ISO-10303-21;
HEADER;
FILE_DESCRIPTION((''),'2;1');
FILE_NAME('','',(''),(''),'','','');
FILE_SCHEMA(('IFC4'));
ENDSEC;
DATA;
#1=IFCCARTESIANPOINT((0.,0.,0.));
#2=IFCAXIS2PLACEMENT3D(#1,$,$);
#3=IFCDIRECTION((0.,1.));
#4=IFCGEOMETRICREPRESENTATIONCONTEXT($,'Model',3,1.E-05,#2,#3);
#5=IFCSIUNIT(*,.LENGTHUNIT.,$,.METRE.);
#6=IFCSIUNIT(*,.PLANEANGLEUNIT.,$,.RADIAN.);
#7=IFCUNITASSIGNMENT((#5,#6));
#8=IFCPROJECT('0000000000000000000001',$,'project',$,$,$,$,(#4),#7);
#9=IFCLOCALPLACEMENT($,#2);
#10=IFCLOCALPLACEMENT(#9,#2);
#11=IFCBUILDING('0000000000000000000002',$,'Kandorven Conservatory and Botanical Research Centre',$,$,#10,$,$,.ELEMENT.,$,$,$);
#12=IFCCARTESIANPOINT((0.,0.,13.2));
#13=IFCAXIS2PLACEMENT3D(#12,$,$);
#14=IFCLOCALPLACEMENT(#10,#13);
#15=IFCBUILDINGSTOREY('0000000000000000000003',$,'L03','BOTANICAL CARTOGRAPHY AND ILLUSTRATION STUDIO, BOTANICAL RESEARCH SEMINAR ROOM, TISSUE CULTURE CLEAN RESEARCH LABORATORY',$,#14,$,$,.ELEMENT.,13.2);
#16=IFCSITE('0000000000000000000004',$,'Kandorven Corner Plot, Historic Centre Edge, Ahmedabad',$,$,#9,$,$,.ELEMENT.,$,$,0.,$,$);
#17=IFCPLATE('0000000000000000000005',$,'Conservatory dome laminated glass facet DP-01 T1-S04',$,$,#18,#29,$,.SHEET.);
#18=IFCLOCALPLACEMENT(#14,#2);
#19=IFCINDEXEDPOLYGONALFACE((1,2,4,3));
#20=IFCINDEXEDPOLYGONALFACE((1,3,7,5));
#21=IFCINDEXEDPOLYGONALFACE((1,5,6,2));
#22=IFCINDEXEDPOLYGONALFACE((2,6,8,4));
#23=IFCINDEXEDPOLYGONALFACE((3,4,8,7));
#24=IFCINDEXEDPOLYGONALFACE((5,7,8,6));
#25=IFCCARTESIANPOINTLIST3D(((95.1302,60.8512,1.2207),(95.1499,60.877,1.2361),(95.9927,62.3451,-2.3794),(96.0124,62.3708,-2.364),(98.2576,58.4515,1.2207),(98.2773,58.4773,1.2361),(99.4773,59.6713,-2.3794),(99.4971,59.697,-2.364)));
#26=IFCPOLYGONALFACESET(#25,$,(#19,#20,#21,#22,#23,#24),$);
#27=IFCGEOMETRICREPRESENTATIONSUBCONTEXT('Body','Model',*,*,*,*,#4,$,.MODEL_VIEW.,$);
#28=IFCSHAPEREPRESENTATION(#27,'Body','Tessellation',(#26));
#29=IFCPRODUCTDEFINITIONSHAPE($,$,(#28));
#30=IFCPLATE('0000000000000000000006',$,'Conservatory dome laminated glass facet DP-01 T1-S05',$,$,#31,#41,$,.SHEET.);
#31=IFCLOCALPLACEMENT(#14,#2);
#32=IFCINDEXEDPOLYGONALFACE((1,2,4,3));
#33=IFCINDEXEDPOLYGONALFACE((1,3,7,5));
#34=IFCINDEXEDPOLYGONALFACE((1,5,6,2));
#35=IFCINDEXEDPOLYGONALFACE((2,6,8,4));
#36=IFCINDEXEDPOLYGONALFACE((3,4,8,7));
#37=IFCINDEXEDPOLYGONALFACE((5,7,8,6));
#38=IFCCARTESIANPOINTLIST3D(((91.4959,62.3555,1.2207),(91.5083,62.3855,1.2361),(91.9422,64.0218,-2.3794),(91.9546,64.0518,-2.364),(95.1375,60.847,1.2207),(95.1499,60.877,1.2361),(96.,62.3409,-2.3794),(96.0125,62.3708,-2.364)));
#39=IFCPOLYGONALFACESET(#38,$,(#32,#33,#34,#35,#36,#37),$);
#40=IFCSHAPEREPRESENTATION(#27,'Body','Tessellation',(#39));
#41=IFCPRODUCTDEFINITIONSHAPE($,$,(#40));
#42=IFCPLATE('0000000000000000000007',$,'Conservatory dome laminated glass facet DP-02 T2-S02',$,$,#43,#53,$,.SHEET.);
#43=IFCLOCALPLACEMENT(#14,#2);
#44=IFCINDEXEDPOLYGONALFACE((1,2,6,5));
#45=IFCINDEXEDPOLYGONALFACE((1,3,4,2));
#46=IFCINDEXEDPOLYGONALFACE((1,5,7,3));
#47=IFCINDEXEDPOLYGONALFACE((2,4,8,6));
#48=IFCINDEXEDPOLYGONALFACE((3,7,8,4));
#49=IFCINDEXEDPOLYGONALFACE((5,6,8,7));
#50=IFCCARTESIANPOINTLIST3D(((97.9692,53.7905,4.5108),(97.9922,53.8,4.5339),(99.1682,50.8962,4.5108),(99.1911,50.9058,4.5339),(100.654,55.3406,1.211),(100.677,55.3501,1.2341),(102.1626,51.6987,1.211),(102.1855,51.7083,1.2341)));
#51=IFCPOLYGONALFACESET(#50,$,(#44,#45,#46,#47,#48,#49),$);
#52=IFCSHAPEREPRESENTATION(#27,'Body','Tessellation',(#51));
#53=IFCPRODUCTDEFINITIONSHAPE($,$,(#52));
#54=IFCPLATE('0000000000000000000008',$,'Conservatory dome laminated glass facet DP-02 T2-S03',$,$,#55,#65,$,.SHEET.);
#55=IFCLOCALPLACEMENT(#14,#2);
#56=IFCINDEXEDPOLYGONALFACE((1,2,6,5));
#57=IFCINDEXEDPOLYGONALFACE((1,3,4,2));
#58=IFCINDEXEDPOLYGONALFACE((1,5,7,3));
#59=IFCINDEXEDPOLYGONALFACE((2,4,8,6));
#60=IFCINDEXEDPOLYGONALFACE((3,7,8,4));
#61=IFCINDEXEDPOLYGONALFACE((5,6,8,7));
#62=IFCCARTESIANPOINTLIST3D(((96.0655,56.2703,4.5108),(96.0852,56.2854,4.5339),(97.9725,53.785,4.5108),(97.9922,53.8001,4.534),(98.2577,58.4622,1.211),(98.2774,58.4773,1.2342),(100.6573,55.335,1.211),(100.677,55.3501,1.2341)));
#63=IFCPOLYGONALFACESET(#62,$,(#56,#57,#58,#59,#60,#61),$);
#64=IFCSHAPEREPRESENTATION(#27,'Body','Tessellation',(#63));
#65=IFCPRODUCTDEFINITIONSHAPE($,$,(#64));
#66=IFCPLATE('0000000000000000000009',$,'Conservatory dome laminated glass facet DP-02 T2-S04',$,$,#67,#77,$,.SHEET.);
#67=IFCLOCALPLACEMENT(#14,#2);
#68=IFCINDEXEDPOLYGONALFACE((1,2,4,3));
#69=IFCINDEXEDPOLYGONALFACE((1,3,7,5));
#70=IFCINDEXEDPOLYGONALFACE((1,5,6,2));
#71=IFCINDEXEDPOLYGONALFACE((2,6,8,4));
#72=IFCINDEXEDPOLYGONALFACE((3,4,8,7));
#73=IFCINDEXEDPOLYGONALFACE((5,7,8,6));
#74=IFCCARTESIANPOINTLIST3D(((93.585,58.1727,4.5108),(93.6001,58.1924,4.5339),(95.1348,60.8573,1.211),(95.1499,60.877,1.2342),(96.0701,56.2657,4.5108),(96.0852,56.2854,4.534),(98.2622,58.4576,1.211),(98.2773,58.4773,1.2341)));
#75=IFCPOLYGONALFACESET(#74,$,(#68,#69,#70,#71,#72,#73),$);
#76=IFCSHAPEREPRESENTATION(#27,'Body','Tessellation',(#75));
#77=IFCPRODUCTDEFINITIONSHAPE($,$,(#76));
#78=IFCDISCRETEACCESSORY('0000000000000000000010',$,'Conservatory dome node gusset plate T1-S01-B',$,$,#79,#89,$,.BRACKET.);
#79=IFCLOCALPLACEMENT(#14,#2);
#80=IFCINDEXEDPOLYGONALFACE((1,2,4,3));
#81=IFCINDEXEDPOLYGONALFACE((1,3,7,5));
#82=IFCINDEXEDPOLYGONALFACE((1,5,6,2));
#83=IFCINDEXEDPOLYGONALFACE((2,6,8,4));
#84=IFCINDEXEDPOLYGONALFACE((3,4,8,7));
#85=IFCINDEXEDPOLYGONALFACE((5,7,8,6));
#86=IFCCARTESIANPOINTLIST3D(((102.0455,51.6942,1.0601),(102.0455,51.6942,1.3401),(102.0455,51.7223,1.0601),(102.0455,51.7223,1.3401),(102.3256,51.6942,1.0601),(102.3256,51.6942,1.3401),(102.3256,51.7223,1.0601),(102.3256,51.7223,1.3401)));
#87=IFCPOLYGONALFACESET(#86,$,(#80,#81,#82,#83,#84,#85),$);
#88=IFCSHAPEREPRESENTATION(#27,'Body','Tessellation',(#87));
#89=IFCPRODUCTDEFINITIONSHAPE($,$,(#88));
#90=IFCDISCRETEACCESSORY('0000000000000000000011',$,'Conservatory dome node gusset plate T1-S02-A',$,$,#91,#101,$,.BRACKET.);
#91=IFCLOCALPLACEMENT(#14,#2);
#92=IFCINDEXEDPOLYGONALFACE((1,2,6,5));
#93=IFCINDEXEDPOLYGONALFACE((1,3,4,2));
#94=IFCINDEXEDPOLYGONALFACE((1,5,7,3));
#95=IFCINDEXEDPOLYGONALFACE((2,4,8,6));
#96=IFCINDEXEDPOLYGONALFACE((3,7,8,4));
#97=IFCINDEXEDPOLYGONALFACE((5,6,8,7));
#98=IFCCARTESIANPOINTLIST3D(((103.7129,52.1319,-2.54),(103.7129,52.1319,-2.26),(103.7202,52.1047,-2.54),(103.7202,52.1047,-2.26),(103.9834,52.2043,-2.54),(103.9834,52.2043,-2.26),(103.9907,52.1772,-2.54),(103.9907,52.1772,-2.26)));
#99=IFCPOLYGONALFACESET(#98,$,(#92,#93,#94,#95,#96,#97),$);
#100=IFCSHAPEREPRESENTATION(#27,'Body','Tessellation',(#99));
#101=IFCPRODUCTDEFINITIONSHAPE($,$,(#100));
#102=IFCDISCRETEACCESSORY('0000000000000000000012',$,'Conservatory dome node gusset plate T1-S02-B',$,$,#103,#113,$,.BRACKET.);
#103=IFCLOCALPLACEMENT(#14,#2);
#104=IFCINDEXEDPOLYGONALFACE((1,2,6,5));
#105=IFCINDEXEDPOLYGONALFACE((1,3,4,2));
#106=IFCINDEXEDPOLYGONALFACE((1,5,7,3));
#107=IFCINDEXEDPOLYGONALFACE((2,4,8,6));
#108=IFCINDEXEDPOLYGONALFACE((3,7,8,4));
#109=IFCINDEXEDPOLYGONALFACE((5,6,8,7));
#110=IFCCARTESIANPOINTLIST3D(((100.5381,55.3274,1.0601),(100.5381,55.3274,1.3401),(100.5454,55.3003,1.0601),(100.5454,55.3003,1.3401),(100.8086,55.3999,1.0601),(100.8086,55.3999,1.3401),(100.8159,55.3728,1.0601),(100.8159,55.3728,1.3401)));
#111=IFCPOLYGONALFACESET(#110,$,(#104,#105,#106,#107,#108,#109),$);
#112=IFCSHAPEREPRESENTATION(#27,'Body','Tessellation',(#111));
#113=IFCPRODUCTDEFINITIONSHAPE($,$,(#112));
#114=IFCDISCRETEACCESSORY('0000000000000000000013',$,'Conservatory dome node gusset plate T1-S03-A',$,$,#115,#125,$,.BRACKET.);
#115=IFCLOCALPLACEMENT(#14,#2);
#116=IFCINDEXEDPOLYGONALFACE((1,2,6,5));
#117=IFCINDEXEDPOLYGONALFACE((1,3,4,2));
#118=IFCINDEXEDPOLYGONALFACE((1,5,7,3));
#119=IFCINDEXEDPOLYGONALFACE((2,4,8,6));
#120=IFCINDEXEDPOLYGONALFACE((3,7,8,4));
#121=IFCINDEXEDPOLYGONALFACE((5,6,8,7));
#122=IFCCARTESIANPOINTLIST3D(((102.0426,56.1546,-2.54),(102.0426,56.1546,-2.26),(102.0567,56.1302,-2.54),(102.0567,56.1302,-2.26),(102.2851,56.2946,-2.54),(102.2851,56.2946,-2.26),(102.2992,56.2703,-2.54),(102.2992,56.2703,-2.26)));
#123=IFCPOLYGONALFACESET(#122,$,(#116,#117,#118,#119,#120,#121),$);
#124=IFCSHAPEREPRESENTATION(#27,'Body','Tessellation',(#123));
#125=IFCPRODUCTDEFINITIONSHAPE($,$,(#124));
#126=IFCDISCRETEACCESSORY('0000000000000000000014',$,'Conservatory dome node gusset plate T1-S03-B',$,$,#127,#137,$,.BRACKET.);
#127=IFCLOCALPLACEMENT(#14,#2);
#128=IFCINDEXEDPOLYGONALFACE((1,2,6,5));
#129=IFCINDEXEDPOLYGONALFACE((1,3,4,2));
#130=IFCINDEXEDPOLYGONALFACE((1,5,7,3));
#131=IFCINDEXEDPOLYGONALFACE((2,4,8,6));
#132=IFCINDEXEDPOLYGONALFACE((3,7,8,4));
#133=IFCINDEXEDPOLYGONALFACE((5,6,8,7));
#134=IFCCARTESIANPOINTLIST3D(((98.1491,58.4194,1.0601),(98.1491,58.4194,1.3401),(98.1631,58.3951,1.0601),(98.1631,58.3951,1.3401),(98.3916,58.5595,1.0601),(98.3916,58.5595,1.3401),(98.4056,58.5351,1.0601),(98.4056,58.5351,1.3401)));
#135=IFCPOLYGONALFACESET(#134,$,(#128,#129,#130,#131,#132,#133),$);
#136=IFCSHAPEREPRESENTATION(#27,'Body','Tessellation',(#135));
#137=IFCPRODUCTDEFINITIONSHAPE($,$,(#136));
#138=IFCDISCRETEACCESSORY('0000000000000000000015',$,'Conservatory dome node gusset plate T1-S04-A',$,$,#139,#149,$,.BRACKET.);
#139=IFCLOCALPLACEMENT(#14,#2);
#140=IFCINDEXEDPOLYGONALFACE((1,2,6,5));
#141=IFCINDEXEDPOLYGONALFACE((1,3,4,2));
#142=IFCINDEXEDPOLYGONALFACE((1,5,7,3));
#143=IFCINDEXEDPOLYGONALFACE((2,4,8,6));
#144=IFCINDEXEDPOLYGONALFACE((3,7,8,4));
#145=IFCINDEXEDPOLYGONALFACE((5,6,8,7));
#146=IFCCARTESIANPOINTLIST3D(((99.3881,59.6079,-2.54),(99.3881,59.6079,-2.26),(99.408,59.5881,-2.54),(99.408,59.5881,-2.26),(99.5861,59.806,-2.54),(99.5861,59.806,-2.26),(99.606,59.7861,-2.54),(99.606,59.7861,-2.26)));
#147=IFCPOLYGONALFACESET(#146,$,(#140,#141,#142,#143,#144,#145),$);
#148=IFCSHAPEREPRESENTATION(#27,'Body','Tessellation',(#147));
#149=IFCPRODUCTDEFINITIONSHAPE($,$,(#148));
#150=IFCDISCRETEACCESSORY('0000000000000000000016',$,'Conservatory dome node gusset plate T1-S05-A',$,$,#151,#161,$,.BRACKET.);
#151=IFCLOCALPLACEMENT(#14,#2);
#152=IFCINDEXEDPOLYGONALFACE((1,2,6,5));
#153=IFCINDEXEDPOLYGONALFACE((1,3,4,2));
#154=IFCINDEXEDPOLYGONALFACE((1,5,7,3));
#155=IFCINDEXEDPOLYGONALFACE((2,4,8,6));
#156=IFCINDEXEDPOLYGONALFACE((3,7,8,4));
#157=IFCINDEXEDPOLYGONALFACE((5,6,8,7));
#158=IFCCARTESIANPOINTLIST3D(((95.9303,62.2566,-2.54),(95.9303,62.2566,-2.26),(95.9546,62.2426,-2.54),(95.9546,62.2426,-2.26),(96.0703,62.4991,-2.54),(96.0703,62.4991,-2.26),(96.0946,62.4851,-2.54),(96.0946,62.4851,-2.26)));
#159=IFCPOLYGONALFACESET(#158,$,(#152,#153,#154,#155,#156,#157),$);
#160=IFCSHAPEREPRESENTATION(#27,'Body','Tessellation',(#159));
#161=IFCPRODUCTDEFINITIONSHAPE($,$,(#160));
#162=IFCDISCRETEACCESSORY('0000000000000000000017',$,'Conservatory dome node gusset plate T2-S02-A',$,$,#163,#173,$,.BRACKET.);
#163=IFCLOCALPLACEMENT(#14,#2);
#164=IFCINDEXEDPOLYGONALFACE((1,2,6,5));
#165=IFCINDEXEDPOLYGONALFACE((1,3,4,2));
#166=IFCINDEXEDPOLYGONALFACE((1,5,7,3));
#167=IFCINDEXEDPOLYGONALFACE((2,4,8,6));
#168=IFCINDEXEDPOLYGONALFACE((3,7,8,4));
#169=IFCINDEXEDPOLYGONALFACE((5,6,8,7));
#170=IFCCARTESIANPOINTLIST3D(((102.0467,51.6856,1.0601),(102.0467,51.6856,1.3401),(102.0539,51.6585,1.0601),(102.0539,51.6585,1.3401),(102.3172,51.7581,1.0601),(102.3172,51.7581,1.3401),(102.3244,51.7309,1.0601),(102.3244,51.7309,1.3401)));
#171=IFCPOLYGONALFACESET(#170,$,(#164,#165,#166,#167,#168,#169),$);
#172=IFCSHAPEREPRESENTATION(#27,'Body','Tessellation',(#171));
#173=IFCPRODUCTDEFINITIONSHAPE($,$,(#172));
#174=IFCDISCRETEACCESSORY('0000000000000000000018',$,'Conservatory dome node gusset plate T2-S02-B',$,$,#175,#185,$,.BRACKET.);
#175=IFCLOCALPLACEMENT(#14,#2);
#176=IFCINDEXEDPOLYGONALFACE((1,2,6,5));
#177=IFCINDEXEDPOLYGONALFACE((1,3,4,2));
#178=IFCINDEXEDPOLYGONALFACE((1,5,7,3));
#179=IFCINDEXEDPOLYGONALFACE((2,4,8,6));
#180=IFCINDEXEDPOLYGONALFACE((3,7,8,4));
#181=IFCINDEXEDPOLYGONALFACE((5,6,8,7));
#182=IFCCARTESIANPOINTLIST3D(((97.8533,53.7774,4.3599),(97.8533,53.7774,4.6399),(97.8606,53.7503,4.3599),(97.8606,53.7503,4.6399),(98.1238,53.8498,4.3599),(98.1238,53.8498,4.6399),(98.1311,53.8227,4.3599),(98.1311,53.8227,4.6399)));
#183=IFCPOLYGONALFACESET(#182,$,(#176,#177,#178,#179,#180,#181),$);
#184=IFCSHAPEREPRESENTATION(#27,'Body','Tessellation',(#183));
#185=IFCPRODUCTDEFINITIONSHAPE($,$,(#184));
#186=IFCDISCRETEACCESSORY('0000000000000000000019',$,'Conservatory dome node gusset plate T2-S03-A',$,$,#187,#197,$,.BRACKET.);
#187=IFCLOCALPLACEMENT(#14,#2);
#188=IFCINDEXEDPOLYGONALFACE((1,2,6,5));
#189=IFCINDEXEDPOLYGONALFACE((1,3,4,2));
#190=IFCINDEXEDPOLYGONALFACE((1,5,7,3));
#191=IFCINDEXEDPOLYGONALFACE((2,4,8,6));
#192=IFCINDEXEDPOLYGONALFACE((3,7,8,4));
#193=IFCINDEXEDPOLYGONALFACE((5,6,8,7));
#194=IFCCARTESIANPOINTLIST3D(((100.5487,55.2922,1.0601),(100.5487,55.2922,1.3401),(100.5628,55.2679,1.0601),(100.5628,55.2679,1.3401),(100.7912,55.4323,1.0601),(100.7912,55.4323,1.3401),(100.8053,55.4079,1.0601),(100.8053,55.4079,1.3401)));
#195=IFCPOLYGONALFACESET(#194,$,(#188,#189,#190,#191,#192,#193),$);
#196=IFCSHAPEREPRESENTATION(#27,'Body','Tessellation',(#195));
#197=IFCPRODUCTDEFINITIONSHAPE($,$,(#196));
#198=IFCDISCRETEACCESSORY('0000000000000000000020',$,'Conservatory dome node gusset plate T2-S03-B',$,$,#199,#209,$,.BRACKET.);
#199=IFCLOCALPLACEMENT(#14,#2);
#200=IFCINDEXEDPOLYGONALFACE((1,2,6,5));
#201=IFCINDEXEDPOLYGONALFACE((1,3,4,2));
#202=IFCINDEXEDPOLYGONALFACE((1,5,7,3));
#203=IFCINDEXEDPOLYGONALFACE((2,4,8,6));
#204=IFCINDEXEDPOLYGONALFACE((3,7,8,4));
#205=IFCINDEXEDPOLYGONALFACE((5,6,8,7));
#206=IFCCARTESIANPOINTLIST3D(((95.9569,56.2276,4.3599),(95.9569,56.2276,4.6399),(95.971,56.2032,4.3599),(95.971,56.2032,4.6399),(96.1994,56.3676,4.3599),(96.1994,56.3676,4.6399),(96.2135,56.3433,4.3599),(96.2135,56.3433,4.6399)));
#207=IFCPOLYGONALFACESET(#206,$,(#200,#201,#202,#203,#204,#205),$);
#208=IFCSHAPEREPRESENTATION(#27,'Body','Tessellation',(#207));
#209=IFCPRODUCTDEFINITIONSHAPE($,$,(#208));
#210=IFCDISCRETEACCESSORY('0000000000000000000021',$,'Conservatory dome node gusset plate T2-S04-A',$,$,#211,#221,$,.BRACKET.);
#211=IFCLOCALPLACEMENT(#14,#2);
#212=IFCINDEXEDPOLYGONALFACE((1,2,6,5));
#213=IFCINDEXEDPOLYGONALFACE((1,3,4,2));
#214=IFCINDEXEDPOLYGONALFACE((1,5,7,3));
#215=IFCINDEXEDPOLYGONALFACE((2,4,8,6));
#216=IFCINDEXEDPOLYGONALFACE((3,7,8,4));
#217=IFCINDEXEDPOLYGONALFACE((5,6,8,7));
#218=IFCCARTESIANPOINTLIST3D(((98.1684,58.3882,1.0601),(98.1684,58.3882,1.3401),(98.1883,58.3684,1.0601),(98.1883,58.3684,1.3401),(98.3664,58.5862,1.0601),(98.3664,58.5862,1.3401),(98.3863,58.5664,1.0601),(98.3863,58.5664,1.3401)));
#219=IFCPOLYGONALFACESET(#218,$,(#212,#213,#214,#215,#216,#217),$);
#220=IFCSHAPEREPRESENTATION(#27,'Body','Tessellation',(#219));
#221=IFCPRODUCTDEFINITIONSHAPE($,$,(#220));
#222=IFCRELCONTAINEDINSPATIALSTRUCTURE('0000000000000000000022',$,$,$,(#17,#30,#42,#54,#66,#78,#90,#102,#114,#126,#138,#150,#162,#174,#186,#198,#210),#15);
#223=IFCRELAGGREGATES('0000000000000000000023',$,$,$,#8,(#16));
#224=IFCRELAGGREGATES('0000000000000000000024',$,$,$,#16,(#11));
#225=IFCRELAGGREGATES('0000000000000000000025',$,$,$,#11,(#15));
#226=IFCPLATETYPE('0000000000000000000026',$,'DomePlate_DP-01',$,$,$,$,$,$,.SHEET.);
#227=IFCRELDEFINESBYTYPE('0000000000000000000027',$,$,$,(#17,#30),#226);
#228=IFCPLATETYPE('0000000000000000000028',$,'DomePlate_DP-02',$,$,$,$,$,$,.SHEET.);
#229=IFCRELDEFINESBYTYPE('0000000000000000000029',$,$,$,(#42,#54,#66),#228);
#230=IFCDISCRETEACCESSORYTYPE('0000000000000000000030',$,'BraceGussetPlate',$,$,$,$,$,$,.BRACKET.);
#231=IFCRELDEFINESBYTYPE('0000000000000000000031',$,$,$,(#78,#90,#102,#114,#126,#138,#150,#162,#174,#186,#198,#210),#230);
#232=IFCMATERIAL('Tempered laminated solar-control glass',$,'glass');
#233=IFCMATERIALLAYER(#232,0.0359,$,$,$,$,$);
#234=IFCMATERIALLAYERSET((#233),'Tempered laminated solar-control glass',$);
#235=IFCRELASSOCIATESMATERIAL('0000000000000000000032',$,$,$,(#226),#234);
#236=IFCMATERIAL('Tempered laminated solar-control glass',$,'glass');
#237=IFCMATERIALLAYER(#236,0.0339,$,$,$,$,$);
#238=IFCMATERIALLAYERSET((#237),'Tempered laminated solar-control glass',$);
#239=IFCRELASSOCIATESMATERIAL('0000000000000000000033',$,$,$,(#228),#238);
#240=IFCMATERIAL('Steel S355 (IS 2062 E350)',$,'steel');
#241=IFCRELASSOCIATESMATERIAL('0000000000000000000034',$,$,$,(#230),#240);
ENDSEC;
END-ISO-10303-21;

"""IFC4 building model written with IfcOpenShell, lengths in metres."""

from ifc_helpers import new_model, si_unit, direction, frame, origin, origin_2d, place, context, subcontext, project, spatial, polyline, rectangle, outline, extrude, material, layer, layer_set, type_object, element, save


model = new_model("IFC4")

# Units and contexts
model_context = context("Model", 3, precision=1e-05, world=origin(), true_north=direction((0.0, 1.0)))
body_context = subcontext(model_context, "Body", "Model", "MODEL_VIEW")
ifc_project = project(units=[si_unit("LENGTHUNIT", "METRE"), si_unit("PLANEANGLEUNIT", "RADIAN")], contexts=[model_context])

# Site, building, storey
site_placement = place(None, origin())
site = spatial("IfcSite", under=ifc_project, at=site_placement, Name="Kandorven Corner Plot, Historic Centre Edge, Ahmedabad", CompositionType="ELEMENT", RefElevation=0.0)
building_placement = place(site_placement, origin())
building = spatial("IfcBuilding", under=site, at=building_placement, Name="Kandorven Conservatory and Botanical Research Centre", CompositionType="ELEMENT")
storey_placement = place(building_placement, frame((0.0, 0.0, 13.2)))
storey = spatial("IfcBuildingStorey", under=building, at=storey_placement, Name="L03", Description="BOTANICAL CARTOGRAPHY AND ILLUSTRATION STUDIO, BOTANICAL RESEARCH SEMINAR ROOM, TISSUE CULTURE CLEAN RESEARCH LABORATORY", CompositionType="ELEMENT", Elevation=13.2)

# Plates
ifc_material_1 = material(Name="Tempered laminated solar-control glass", Category="glass")
ifc_layer_1 = layer(ifc_material_1, 0.0359)
ifc_layer_set_1 = layer_set([ifc_layer_1], Name="Tempered laminated solar-control glass")
plate_type_1 = type_object("IfcPlateType", Name="DomePlate_DP-01", PredefinedType="SHEET", material=ifc_layer_set_1)
plate_1_placement = place(storey_placement, frame((99.4971, 59.697, -2.364), z_axis=(0.549861, 0.71661, 0.429096), x_axis=(-0.79336, 0.608753, -0.000004)))
element("IfcPlate", 1, at=plate_1_placement, inside=storey, type_object=plate_type_1, Name="Conservatory dome laminated glass facet DP-01 T1-S04", PredefinedType="SHEET", context=body_context, shape_type="SweptSolid", body=[
    extrude(outline(polyline([(0.0, 0.0), (4.3923, 0.0), (4.1671, 3.9857), (0.2252, 3.9857), (0.0, 0.0)])), origin(), (0.0, 0.0, -1.0), 0.0359),
])
plate_2_placement = place(storey_placement, frame((96.0125, 62.3708, -2.364), z_axis=(0.345684, 0.834494, 0.429096), x_axis=(-0.92387, 0.382706, 0.000003)))
element("IfcPlate", 2, at=plate_2_placement, inside=storey, type_object=plate_type_1, Name="Conservatory dome laminated glass facet DP-01 T1-S05", PredefinedType="SHEET", context=body_context, shape_type="SweptSolid", body=[
    extrude(outline(polyline([(0.0, 0.0), (4.3922, 0.0), (4.1669, 3.9857), (0.2252, 3.9857), (0.0, 0.0)])), origin(), (0.0, 0.0, -1.0), 0.0359),
])
ifc_material_2 = material(Name="Tempered laminated solar-control glass", Category="glass")
ifc_layer_2 = layer(ifc_material_2, 0.0339)
ifc_layer_set_2 = layer_set([ifc_layer_2], Name="Tempered laminated solar-control glass")
plate_type_2 = type_object("IfcPlateType", Name="DomePlate_DP-02", PredefinedType="SHEET", material=ifc_layer_set_2)
plate_3_placement = place(storey_placement, frame((102.1855, 51.7083, 1.2341), z_axis=(0.676037, 0.280041, 0.681579), x_axis=(-0.382698, 0.923873, -0.000006)))
element("IfcPlate", 3, at=plate_3_placement, inside=storey, type_object=plate_type_2, Name="Conservatory dome laminated glass facet DP-02 T2-S02", PredefinedType="SHEET", context=body_context, shape_type="SweptSolid", body=[
    extrude(outline(polyline([(0.0, 0.0), (3.9419, 0.0), (3.5373, 4.5095), (0.4045, 4.5095), (0.0, 0.0)])), origin(), (0.0, 0.0, -1.0), 0.0339),
])
plate_4_placement = place(storey_placement, frame((100.677, 55.3501, 1.2341), z_axis=(0.580536, 0.445459, 0.681575), x_axis=(-0.608766, 0.79335, 0.000009)))
element("IfcPlate", 4, at=plate_4_placement, inside=storey, type_object=plate_type_2, Name="Conservatory dome laminated glass facet DP-02 T2-S03", PredefinedType="SHEET", context=body_context, shape_type="SweptSolid", body=[
    extrude(outline(polyline([(0.0, 0.0), (3.9418, 0.0), (3.5374, 4.5094), (0.4047, 4.5095), (0.0, 0.0)])), origin(), (0.0, 0.0, -1.0), 0.0339),
])
plate_5_placement = place(storey_placement, frame((98.2773, 58.4773, 1.2341), z_axis=(0.445472, 0.580553, 0.681552), x_axis=(-0.79336, 0.608752, 0.00001)))
element("IfcPlate", 5, at=plate_5_placement, inside=storey, type_object=plate_type_2, Name="Conservatory dome laminated glass facet DP-02 T2-S04", PredefinedType="SHEET", context=body_context, shape_type="SweptSolid", body=[
    extrude(outline(polyline([(0.0, 0.0), (3.942, 0.0), (3.5373, 4.5093), (0.4049, 4.5094), (0.0, 0.0)])), origin(), (0.0, 0.0, -1.0), 0.0339),
])

# Discrete accessories
ifc_material_3 = material(Name="Steel S355 (IS 2062 E350)", Category="steel")
discrete_accessory_type = type_object("IfcDiscreteAccessoryType", Name="BraceGussetPlate", PredefinedType="BRACKET", material=ifc_material_3)
for number, where, z_axis, x_axis, name in (
    (6, (102.1855, 51.7083, 1.0601), (0.0, 0.0, 1.0), (1.0, 0.0, 0.0), "Conservatory dome node gusset plate T1-S01-B"),
    (7, (103.8518, 52.1545, -2.54), (0.0, 0.0, 1.0), (0.965926, 0.258819, 0.0), "Conservatory dome node gusset plate T1-S02-A"),
    (8, (100.677, 55.3501, 1.0601), (0.0, 0.0, 1.0), (0.965926, 0.258819, 0.0), "Conservatory dome node gusset plate T1-S02-B"),
    (9, (102.1709, 56.2124, -2.54), (0.0, 0.0, 1.0), (0.866025, 0.5, 0.0), "Conservatory dome node gusset plate T1-S03-A"),
    (10, (98.2773, 58.4773, 1.0601), (0.0, 0.0, 1.0), (0.866025, 0.5, 0.0), "Conservatory dome node gusset plate T1-S03-B"),
    (11, (99.4971, 59.697, -2.54), (0.0, 0.0, 1.0), (0.707107, 0.707107, 0.0), "Conservatory dome node gusset plate T1-S04-A"),
    (12, (96.0125, 62.3708, -2.54), (0.0, 0.0, 1.0), (0.5, 0.866025, 0.0), "Conservatory dome node gusset plate T1-S05-A"),
    (13, (102.1855, 51.7083, 1.0601), (0.0, 0.0, 1.0), (0.965926, 0.258819, 0.0), "Conservatory dome node gusset plate T2-S02-A"),
    (14, (97.9922, 53.8, 4.3599), (0.0, 0.0, 1.0), (0.965926, 0.258819, 0.0), "Conservatory dome node gusset plate T2-S02-B"),
    (15, (100.677, 55.3501, 1.0601), (0.0, 0.0, 1.0), (0.866025, 0.5, 0.0), "Conservatory dome node gusset plate T2-S03-A"),
    (16, (96.0852, 56.2854, 4.3599), (0.0, 0.0, 1.0), (0.866025, 0.5, 0.0), "Conservatory dome node gusset plate T2-S03-B"),
    (17, (98.2773, 58.4773, 1.0601), (0.0, 0.0, 1.0), (0.707107, 0.707107, 0.0), "Conservatory dome node gusset plate T2-S04-A"),
):
    element("IfcDiscreteAccessory", number, at=place(storey_placement, frame(where, z_axis=z_axis, x_axis=x_axis)), inside=storey, type_object=discrete_accessory_type, Name=name, PredefinedType="BRACKET", context=body_context, shape_type="SweptSolid", body=[
        extrude(rectangle(XDim=0.28, YDim=0.0281, at=origin_2d()), origin(), (0.0, 0.0, 1.0), 0.28),
    ])

save(model, "model.ifc")
